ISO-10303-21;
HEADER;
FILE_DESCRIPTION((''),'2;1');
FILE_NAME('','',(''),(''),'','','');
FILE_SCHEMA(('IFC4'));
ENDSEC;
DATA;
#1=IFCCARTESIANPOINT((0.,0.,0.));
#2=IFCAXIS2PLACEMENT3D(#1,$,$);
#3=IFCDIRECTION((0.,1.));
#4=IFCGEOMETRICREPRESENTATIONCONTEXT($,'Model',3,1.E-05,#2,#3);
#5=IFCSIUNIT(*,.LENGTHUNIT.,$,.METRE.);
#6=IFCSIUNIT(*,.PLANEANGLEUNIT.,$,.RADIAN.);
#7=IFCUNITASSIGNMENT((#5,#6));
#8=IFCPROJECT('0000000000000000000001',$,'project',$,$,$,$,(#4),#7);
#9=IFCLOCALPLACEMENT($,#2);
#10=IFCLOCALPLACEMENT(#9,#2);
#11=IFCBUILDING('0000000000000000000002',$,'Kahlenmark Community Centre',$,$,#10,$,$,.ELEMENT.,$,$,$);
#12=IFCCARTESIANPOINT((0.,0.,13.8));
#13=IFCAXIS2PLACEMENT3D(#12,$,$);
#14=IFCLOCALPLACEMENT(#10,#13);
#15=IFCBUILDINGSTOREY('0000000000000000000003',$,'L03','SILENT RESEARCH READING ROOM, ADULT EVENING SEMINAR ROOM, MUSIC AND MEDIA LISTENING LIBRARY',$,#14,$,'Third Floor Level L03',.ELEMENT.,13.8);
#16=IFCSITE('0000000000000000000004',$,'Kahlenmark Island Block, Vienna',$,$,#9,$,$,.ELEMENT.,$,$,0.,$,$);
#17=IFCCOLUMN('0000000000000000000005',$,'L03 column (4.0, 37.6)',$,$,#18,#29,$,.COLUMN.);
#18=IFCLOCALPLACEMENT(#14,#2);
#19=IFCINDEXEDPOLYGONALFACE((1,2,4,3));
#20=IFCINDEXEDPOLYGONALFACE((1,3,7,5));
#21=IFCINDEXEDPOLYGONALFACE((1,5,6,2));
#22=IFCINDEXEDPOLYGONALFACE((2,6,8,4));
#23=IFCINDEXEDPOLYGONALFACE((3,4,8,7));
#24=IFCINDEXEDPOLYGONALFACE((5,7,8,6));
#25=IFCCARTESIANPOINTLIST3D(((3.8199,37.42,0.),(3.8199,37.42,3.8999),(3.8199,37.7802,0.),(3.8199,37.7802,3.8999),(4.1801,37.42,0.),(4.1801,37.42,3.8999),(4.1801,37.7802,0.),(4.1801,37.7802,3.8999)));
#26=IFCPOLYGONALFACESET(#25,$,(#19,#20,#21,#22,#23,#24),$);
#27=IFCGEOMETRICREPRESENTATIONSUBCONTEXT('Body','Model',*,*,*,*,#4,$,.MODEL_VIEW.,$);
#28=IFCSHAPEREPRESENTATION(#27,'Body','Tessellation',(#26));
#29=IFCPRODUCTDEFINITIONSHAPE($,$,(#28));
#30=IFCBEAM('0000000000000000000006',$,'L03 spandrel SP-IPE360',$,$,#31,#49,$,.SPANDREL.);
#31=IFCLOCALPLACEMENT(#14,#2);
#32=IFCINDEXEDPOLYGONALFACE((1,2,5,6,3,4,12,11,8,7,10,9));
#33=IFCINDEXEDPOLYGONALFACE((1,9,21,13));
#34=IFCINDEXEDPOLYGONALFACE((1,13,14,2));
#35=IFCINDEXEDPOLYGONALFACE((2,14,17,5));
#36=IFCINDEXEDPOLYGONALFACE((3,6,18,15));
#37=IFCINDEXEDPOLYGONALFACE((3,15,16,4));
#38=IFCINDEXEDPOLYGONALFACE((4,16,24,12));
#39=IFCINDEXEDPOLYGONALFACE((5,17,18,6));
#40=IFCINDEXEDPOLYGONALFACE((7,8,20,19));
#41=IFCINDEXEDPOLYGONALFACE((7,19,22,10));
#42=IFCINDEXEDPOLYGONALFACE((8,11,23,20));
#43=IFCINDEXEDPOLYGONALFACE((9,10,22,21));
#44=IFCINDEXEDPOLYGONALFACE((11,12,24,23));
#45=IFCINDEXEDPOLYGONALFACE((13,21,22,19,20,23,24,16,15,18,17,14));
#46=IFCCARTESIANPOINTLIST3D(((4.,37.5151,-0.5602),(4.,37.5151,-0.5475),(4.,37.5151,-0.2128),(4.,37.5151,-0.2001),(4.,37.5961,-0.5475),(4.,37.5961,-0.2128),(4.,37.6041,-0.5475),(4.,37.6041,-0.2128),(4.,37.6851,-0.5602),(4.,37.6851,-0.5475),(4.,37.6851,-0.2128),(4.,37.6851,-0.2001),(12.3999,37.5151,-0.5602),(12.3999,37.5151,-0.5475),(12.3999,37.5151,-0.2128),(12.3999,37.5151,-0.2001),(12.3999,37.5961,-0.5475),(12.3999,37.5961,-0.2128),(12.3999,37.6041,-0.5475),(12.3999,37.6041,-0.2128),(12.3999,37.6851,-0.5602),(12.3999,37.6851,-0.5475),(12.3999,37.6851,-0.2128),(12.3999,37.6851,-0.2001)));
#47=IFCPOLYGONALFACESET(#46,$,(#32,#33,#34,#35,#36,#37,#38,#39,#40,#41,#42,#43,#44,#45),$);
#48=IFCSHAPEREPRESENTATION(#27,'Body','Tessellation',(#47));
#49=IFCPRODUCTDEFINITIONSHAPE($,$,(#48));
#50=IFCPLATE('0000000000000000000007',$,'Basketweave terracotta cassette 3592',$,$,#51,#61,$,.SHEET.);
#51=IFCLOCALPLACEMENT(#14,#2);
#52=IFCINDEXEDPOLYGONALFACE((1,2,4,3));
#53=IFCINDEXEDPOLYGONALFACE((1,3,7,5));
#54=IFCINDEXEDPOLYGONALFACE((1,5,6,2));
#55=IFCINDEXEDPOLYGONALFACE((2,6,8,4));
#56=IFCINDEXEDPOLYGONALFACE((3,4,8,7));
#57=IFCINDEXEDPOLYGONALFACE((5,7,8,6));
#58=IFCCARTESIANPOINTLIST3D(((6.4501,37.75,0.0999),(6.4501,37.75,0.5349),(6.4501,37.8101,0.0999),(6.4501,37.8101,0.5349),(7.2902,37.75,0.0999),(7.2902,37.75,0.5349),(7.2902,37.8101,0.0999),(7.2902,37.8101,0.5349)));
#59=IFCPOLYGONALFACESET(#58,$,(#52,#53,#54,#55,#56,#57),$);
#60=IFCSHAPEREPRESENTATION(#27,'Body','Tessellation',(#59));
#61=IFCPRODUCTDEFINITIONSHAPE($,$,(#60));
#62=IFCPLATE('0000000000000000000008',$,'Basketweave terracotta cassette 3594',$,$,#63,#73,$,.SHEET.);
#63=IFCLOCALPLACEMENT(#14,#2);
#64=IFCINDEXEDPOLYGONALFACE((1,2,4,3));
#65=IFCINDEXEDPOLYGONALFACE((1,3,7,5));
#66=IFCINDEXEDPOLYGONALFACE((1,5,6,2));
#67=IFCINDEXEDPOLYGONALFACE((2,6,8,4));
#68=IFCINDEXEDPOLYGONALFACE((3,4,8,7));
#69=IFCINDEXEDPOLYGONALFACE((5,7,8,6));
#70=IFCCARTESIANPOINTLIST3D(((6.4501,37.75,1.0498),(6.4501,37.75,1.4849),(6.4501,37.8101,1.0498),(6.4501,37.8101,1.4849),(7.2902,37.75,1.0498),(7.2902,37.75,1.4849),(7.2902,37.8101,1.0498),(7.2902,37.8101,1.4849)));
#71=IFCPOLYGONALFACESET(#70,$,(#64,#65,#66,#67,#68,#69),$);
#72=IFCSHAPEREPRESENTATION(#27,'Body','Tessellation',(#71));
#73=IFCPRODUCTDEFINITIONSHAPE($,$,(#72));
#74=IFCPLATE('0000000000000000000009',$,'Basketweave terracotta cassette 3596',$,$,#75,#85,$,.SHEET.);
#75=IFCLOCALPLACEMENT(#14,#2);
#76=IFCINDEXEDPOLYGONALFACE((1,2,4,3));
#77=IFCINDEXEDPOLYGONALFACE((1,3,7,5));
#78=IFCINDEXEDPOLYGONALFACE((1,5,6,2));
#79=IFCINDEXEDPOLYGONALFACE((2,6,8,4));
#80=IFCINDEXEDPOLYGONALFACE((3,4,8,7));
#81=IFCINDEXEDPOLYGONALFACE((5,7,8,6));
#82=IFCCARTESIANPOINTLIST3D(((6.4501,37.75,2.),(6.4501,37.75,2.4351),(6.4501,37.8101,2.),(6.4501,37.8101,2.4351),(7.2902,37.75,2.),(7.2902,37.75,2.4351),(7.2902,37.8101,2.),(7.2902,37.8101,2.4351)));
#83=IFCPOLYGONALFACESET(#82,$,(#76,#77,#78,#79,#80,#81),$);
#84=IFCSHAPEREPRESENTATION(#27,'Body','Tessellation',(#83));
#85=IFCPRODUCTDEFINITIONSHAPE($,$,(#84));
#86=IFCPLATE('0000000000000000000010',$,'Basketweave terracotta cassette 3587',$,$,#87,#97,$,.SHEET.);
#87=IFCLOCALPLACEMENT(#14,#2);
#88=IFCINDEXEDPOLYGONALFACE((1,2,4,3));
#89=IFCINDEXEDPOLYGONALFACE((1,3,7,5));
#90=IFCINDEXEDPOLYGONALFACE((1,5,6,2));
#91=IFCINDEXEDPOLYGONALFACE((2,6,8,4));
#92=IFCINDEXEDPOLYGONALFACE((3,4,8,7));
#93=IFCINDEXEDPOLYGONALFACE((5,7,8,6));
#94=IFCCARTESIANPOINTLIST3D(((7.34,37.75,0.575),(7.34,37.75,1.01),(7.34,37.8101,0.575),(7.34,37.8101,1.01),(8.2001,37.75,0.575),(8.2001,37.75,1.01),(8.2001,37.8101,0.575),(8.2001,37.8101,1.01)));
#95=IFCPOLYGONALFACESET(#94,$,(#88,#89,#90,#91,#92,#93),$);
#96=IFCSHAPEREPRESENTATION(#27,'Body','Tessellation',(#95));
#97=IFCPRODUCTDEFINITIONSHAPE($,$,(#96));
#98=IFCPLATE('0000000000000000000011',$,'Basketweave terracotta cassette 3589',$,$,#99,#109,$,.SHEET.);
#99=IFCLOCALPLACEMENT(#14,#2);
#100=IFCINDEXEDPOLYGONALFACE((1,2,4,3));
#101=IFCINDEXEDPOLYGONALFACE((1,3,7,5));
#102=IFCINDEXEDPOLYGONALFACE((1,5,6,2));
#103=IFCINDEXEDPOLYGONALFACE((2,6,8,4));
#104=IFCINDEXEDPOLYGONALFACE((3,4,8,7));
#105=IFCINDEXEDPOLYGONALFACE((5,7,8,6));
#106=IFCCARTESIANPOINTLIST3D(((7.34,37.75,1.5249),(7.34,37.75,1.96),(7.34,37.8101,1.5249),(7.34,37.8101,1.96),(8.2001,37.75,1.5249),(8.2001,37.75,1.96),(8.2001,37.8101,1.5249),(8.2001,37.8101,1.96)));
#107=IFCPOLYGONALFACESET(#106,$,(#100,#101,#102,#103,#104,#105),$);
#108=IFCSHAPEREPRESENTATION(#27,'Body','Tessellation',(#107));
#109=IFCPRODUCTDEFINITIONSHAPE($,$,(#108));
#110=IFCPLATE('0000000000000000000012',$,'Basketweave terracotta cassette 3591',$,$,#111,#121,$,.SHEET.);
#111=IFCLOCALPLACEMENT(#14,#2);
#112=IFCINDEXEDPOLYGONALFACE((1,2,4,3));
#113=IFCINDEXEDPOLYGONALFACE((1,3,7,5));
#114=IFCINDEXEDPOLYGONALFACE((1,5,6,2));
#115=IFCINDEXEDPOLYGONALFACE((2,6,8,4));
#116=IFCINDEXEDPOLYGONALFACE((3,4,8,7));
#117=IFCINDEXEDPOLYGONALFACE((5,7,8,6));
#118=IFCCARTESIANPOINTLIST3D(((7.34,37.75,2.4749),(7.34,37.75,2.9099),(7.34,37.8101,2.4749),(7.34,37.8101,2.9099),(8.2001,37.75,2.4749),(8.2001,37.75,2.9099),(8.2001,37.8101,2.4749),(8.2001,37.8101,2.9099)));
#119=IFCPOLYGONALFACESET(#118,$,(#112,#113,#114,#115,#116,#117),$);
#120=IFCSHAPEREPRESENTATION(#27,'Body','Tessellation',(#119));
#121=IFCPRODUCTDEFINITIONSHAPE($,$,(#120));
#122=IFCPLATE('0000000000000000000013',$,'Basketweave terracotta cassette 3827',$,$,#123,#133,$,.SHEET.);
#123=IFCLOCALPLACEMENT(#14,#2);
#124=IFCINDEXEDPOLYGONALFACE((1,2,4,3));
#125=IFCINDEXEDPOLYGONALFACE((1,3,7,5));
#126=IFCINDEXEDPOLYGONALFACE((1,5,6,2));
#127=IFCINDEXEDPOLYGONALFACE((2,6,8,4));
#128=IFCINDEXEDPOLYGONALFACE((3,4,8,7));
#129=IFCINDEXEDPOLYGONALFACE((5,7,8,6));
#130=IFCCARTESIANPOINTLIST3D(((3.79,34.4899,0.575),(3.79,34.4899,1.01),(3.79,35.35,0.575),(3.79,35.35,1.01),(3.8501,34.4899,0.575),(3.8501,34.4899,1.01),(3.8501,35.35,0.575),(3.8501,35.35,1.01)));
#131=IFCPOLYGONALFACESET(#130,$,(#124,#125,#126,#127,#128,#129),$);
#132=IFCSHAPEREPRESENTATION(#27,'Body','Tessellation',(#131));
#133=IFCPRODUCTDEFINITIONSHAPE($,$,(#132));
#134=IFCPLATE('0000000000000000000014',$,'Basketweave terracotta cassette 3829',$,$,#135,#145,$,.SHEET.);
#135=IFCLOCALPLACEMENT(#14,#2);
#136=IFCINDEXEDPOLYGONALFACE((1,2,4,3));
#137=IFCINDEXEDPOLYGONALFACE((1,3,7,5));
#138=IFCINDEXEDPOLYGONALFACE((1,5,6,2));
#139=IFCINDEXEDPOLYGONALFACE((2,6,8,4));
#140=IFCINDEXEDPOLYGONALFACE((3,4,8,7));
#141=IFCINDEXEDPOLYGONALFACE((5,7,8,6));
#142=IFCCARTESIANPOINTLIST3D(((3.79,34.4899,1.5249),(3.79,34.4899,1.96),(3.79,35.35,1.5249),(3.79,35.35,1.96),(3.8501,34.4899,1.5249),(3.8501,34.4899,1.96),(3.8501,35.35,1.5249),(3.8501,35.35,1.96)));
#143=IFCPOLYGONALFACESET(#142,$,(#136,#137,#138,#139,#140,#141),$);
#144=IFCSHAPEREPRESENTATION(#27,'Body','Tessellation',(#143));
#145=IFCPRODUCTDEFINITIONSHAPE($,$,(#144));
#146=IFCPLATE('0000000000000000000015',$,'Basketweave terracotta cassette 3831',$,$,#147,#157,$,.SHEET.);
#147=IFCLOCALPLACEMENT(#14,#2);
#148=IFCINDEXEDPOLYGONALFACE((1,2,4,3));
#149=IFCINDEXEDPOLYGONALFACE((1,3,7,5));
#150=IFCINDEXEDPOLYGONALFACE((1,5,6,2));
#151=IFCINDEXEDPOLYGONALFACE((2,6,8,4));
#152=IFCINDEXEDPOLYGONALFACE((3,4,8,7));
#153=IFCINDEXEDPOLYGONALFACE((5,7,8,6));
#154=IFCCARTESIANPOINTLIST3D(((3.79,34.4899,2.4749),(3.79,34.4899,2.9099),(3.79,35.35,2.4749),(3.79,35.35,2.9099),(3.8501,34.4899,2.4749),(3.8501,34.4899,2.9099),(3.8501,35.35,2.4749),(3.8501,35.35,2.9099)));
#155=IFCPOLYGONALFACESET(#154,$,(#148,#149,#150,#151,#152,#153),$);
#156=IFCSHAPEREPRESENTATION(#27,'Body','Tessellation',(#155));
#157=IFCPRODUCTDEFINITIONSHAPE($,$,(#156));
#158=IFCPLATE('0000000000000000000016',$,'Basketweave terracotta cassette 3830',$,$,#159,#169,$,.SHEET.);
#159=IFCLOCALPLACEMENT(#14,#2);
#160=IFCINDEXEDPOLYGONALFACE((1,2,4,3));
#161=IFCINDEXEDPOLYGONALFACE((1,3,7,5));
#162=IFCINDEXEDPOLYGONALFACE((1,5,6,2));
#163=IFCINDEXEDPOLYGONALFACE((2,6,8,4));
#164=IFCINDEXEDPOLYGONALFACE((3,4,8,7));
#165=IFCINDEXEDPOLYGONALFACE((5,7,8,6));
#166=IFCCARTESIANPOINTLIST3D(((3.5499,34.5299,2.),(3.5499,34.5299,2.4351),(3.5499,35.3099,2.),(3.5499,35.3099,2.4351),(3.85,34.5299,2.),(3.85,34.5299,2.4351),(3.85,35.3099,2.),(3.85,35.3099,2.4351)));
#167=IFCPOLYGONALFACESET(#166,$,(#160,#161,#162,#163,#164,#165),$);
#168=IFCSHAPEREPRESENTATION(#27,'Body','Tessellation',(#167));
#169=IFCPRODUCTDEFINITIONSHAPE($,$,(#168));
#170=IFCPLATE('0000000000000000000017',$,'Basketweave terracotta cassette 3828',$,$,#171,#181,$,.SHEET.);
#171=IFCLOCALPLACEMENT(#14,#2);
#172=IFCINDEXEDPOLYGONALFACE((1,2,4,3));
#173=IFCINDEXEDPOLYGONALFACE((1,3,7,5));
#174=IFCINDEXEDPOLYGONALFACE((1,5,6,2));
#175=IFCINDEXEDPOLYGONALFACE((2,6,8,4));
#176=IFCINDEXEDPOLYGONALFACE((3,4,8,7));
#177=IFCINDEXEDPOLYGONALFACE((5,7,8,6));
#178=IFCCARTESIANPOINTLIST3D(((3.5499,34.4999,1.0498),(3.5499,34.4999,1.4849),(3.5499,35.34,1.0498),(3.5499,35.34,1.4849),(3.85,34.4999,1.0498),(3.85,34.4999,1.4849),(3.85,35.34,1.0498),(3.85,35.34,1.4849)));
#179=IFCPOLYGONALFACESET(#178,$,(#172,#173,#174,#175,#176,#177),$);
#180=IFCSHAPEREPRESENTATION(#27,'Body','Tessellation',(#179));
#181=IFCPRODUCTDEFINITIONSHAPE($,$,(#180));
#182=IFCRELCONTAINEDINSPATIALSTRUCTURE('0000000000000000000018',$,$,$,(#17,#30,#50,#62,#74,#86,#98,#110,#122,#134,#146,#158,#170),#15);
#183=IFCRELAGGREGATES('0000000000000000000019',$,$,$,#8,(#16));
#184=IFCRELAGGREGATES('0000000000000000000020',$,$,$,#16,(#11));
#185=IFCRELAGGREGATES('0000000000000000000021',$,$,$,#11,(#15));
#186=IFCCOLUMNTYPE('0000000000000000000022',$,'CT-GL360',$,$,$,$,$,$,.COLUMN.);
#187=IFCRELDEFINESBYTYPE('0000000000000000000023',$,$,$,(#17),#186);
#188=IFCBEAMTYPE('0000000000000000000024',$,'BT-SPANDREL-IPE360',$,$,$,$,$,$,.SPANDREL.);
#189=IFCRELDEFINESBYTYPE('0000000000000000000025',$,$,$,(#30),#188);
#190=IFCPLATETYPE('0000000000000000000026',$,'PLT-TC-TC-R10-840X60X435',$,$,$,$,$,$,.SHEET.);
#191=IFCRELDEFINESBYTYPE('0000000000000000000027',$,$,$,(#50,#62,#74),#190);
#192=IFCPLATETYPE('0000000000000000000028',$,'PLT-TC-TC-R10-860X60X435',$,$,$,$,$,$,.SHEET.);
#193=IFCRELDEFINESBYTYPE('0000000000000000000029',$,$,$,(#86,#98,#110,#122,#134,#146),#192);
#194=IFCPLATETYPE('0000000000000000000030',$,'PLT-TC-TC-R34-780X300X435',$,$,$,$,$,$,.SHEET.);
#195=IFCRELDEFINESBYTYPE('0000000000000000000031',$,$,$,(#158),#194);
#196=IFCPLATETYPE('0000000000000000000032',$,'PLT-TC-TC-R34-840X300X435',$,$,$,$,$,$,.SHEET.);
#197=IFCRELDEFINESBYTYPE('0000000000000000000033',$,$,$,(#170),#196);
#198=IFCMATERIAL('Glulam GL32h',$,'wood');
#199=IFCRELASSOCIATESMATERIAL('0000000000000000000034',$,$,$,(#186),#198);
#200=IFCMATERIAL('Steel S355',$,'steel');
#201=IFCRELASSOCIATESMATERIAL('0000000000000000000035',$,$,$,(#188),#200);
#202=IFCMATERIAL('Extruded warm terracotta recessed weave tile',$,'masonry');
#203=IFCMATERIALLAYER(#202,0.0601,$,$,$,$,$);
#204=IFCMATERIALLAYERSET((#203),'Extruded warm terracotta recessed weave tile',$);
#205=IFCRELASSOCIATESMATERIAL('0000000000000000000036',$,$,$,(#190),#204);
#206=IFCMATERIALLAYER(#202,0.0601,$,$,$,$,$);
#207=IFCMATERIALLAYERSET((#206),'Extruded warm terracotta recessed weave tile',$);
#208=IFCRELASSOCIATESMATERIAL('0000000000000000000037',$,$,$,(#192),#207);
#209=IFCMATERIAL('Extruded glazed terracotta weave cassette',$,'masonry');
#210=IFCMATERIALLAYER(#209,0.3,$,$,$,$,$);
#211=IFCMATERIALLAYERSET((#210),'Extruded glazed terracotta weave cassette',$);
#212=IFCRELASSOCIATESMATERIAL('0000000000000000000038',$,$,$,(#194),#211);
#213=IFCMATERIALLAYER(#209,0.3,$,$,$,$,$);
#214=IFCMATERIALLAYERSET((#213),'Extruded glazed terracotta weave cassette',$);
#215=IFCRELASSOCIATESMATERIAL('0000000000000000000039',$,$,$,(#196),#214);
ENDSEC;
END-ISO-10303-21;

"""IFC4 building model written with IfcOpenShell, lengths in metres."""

from ifc_helpers import new_model, si_unit, direction, frame, origin, origin_2d, place, context, subcontext, project, spatial, rectangle, i_section, extrude, material, layer, layer_set, material_profile, profile_set, type_object, element, save


model = new_model("IFC4")

# Units and contexts
model_context = context("Model", 3, precision=1e-05, world=origin(), true_north=direction((0.0, 1.0)))
body_context = subcontext(model_context, "Body", "Model", "MODEL_VIEW")
ifc_project = project(units=[si_unit("LENGTHUNIT", "METRE"), si_unit("PLANEANGLEUNIT", "RADIAN")], contexts=[model_context])

# Site, building, storey
site_placement = place(None, origin())
site = spatial("IfcSite", under=ifc_project, at=site_placement, Name="Kahlenmark Island Block, Vienna", CompositionType="ELEMENT", RefElevation=0.0)
building_placement = place(site_placement, origin())
building = spatial("IfcBuilding", under=site, at=building_placement, Name="Kahlenmark Community Centre", CompositionType="ELEMENT")
storey_placement = place(building_placement, frame((0.0, 0.0, 13.8)))
storey = spatial("IfcBuildingStorey", under=building, at=storey_placement, Name="L03", Description="SILENT RESEARCH READING ROOM, ADULT EVENING SEMINAR ROOM, MUSIC AND MEDIA LISTENING LIBRARY", LongName="Third Floor Level L03", CompositionType="ELEMENT", Elevation=13.8)

# Column
ifc_material_1 = material(Name="Glulam GL32h", Category="wood")
ifc_material_profile_1 = material_profile(ifc_material_1, rectangle(XDim=0.3601, YDim=0.3601, at=origin_2d()), Name="GL32h 360x360")
ifc_profile_set_1 = profile_set([ifc_material_profile_1], Name="Glulam GL32h")
column_type = type_object("IfcColumnType", Name="CT-GL360", PredefinedType="COLUMN", material=ifc_profile_set_1)
column_placement = place(storey_placement, frame((4.0, 37.6001, 0.0), z_axis=(0.0, 0.0, 1.0), x_axis=(1.0, 0.0, 0.0)))
element("IfcColumn", 1, at=column_placement, inside=storey, type_object=column_type, Name="L03 column (4.0, 37.6)", PredefinedType="COLUMN", context=body_context, shape_type="SweptSolid", body=[
    extrude(rectangle(XDim=0.3601, YDim=0.3601, at=origin_2d()), origin(), (0.0, 0.0, 1.0), 3.8999),
])

# Beam
ifc_material_2 = material(Name="Steel S355", Category="steel")
ifc_material_profile_2 = material_profile(ifc_material_2, i_section(OverallWidth=0.1699, OverallDepth=0.3601, WebThickness=0.0081, FlangeThickness=0.0127, at=origin_2d()), Name="IPE 360")
ifc_profile_set_2 = profile_set([ifc_material_profile_2], Name="Steel S355")
beam_type = type_object("IfcBeamType", Name="BT-SPANDREL-IPE360", PredefinedType="SPANDREL", material=ifc_profile_set_2)
beam_placement = place(storey_placement, frame((4.0, 37.6001, -0.3801), z_axis=(1.0, 0.0, 0.0), x_axis=(0.0, 1.0, 0.0)))
element("IfcBeam", 2, at=beam_placement, inside=storey, type_object=beam_type, Name="L03 spandrel SP-IPE360", PredefinedType="SPANDREL", context=body_context, shape_type="SweptSolid", body=[
    extrude(i_section(OverallWidth=0.1699, OverallDepth=0.3601, WebThickness=0.0081, FlangeThickness=0.0127, at=origin_2d()), origin(), (0.0, 0.0, 1.0), 8.3999),
])

# Plates
ifc_material_3 = material(Name="Extruded warm terracotta recessed weave tile", Category="masonry")
ifc_layer_1 = layer(ifc_material_3, 0.0601)
ifc_layer_set_1 = layer_set([ifc_layer_1], Name="Extruded warm terracotta recessed weave tile")
plate_type_1 = type_object("IfcPlateType", Name="PLT-TC-TC-R10-840X60X435", PredefinedType="SHEET", material=ifc_layer_set_1)
for number, where, z_axis, x_axis, name in (
    (3, (6.8701, 37.78, 0.0999), (0.0, 0.0, 1.0), (-1.0, 0.0, 0.0), "Basketweave terracotta cassette 3592"),
    (4, (6.8701, 37.78, 1.0498), (0.0, 0.0, 1.0), (-1.0, 0.0, 0.0), "Basketweave terracotta cassette 3594"),
    (5, (6.8701, 37.78, 2.0), (0.0, 0.0, 1.0), (-1.0, 0.0, 0.0), "Basketweave terracotta cassette 3596"),
):
    element("IfcPlate", number, at=place(storey_placement, frame(where, z_axis=z_axis, x_axis=x_axis)), inside=storey, type_object=plate_type_1, Name=name, PredefinedType="SHEET", context=body_context, shape_type="SweptSolid", body=[
        extrude(rectangle(XDim=0.8401, YDim=0.0601, at=origin_2d()), origin(), (0.0, 0.0, 1.0), 0.4351),
    ])
ifc_layer_2 = layer(ifc_material_3, 0.0601)
ifc_layer_set_2 = layer_set([ifc_layer_2], Name="Extruded warm terracotta recessed weave tile")
plate_type_2 = type_object("IfcPlateType", Name="PLT-TC-TC-R10-860X60X435", PredefinedType="SHEET", material=ifc_layer_set_2)
for number, where, z_axis, x_axis, name in (
    (6, (7.77, 37.78, 0.575), (0.0, 0.0, 1.0), (-1.0, 0.0, 0.0), "Basketweave terracotta cassette 3587"),
    (7, (7.77, 37.78, 1.5249), (0.0, 0.0, 1.0), (-1.0, 0.0, 0.0), "Basketweave terracotta cassette 3589"),
    (8, (7.77, 37.78, 2.4749), (0.0, 0.0, 1.0), (-1.0, 0.0, 0.0), "Basketweave terracotta cassette 3591"),
    (9, (3.8201, 34.9199, 0.575), (0.0, 0.0, 1.0), (0.0, -1.0, 0.0), "Basketweave terracotta cassette 3827"),
    (10, (3.8201, 34.9199, 1.5249), (0.0, 0.0, 1.0), (0.0, -1.0, 0.0), "Basketweave terracotta cassette 3829"),
    (11, (3.8201, 34.9199, 2.4749), (0.0, 0.0, 1.0), (0.0, -1.0, 0.0), "Basketweave terracotta cassette 3831"),
):
    element("IfcPlate", number, at=place(storey_placement, frame(where, z_axis=z_axis, x_axis=x_axis)), inside=storey, type_object=plate_type_2, Name=name, PredefinedType="SHEET", context=body_context, shape_type="SweptSolid", body=[
        extrude(rectangle(XDim=0.8601, YDim=0.0601, at=origin_2d()), origin(), (0.0, 0.0, 1.0), 0.4351),
    ])
ifc_material_4 = material(Name="Extruded glazed terracotta weave cassette", Category="masonry")
ifc_layer_3 = layer(ifc_material_4, 0.3)
ifc_layer_set_3 = layer_set([ifc_layer_3], Name="Extruded glazed terracotta weave cassette")
plate_type_3 = type_object("IfcPlateType", Name="PLT-TC-TC-R34-780X300X435", PredefinedType="SHEET", material=ifc_layer_set_3)
plate_1_placement = place(storey_placement, frame((3.7, 34.9199, 2.0), z_axis=(0.0, 0.0, 1.0), x_axis=(0.0, -1.0, 0.0)))
element("IfcPlate", 12, at=plate_1_placement, inside=storey, type_object=plate_type_3, Name="Basketweave terracotta cassette 3830", PredefinedType="SHEET", context=body_context, shape_type="SweptSolid", body=[
    extrude(rectangle(XDim=0.78, YDim=0.3, at=origin_2d()), origin(), (0.0, 0.0, 1.0), 0.4351),
])
ifc_layer_4 = layer(ifc_material_4, 0.3)
ifc_layer_set_4 = layer_set([ifc_layer_4], Name="Extruded glazed terracotta weave cassette")
plate_type_4 = type_object("IfcPlateType", Name="PLT-TC-TC-R34-840X300X435", PredefinedType="SHEET", material=ifc_layer_set_4)
plate_2_placement = place(storey_placement, frame((3.7, 34.9199, 1.0498), z_axis=(0.0, 0.0, 1.0), x_axis=(0.0, -1.0, 0.0)))
element("IfcPlate", 13, at=plate_2_placement, inside=storey, type_object=plate_type_4, Name="Basketweave terracotta cassette 3828", PredefinedType="SHEET", context=body_context, shape_type="SweptSolid", body=[
    extrude(rectangle(XDim=0.8401, YDim=0.3, at=origin_2d()), origin(), (0.0, 0.0, 1.0), 0.4351),
])

save(model, "model.ifc")
